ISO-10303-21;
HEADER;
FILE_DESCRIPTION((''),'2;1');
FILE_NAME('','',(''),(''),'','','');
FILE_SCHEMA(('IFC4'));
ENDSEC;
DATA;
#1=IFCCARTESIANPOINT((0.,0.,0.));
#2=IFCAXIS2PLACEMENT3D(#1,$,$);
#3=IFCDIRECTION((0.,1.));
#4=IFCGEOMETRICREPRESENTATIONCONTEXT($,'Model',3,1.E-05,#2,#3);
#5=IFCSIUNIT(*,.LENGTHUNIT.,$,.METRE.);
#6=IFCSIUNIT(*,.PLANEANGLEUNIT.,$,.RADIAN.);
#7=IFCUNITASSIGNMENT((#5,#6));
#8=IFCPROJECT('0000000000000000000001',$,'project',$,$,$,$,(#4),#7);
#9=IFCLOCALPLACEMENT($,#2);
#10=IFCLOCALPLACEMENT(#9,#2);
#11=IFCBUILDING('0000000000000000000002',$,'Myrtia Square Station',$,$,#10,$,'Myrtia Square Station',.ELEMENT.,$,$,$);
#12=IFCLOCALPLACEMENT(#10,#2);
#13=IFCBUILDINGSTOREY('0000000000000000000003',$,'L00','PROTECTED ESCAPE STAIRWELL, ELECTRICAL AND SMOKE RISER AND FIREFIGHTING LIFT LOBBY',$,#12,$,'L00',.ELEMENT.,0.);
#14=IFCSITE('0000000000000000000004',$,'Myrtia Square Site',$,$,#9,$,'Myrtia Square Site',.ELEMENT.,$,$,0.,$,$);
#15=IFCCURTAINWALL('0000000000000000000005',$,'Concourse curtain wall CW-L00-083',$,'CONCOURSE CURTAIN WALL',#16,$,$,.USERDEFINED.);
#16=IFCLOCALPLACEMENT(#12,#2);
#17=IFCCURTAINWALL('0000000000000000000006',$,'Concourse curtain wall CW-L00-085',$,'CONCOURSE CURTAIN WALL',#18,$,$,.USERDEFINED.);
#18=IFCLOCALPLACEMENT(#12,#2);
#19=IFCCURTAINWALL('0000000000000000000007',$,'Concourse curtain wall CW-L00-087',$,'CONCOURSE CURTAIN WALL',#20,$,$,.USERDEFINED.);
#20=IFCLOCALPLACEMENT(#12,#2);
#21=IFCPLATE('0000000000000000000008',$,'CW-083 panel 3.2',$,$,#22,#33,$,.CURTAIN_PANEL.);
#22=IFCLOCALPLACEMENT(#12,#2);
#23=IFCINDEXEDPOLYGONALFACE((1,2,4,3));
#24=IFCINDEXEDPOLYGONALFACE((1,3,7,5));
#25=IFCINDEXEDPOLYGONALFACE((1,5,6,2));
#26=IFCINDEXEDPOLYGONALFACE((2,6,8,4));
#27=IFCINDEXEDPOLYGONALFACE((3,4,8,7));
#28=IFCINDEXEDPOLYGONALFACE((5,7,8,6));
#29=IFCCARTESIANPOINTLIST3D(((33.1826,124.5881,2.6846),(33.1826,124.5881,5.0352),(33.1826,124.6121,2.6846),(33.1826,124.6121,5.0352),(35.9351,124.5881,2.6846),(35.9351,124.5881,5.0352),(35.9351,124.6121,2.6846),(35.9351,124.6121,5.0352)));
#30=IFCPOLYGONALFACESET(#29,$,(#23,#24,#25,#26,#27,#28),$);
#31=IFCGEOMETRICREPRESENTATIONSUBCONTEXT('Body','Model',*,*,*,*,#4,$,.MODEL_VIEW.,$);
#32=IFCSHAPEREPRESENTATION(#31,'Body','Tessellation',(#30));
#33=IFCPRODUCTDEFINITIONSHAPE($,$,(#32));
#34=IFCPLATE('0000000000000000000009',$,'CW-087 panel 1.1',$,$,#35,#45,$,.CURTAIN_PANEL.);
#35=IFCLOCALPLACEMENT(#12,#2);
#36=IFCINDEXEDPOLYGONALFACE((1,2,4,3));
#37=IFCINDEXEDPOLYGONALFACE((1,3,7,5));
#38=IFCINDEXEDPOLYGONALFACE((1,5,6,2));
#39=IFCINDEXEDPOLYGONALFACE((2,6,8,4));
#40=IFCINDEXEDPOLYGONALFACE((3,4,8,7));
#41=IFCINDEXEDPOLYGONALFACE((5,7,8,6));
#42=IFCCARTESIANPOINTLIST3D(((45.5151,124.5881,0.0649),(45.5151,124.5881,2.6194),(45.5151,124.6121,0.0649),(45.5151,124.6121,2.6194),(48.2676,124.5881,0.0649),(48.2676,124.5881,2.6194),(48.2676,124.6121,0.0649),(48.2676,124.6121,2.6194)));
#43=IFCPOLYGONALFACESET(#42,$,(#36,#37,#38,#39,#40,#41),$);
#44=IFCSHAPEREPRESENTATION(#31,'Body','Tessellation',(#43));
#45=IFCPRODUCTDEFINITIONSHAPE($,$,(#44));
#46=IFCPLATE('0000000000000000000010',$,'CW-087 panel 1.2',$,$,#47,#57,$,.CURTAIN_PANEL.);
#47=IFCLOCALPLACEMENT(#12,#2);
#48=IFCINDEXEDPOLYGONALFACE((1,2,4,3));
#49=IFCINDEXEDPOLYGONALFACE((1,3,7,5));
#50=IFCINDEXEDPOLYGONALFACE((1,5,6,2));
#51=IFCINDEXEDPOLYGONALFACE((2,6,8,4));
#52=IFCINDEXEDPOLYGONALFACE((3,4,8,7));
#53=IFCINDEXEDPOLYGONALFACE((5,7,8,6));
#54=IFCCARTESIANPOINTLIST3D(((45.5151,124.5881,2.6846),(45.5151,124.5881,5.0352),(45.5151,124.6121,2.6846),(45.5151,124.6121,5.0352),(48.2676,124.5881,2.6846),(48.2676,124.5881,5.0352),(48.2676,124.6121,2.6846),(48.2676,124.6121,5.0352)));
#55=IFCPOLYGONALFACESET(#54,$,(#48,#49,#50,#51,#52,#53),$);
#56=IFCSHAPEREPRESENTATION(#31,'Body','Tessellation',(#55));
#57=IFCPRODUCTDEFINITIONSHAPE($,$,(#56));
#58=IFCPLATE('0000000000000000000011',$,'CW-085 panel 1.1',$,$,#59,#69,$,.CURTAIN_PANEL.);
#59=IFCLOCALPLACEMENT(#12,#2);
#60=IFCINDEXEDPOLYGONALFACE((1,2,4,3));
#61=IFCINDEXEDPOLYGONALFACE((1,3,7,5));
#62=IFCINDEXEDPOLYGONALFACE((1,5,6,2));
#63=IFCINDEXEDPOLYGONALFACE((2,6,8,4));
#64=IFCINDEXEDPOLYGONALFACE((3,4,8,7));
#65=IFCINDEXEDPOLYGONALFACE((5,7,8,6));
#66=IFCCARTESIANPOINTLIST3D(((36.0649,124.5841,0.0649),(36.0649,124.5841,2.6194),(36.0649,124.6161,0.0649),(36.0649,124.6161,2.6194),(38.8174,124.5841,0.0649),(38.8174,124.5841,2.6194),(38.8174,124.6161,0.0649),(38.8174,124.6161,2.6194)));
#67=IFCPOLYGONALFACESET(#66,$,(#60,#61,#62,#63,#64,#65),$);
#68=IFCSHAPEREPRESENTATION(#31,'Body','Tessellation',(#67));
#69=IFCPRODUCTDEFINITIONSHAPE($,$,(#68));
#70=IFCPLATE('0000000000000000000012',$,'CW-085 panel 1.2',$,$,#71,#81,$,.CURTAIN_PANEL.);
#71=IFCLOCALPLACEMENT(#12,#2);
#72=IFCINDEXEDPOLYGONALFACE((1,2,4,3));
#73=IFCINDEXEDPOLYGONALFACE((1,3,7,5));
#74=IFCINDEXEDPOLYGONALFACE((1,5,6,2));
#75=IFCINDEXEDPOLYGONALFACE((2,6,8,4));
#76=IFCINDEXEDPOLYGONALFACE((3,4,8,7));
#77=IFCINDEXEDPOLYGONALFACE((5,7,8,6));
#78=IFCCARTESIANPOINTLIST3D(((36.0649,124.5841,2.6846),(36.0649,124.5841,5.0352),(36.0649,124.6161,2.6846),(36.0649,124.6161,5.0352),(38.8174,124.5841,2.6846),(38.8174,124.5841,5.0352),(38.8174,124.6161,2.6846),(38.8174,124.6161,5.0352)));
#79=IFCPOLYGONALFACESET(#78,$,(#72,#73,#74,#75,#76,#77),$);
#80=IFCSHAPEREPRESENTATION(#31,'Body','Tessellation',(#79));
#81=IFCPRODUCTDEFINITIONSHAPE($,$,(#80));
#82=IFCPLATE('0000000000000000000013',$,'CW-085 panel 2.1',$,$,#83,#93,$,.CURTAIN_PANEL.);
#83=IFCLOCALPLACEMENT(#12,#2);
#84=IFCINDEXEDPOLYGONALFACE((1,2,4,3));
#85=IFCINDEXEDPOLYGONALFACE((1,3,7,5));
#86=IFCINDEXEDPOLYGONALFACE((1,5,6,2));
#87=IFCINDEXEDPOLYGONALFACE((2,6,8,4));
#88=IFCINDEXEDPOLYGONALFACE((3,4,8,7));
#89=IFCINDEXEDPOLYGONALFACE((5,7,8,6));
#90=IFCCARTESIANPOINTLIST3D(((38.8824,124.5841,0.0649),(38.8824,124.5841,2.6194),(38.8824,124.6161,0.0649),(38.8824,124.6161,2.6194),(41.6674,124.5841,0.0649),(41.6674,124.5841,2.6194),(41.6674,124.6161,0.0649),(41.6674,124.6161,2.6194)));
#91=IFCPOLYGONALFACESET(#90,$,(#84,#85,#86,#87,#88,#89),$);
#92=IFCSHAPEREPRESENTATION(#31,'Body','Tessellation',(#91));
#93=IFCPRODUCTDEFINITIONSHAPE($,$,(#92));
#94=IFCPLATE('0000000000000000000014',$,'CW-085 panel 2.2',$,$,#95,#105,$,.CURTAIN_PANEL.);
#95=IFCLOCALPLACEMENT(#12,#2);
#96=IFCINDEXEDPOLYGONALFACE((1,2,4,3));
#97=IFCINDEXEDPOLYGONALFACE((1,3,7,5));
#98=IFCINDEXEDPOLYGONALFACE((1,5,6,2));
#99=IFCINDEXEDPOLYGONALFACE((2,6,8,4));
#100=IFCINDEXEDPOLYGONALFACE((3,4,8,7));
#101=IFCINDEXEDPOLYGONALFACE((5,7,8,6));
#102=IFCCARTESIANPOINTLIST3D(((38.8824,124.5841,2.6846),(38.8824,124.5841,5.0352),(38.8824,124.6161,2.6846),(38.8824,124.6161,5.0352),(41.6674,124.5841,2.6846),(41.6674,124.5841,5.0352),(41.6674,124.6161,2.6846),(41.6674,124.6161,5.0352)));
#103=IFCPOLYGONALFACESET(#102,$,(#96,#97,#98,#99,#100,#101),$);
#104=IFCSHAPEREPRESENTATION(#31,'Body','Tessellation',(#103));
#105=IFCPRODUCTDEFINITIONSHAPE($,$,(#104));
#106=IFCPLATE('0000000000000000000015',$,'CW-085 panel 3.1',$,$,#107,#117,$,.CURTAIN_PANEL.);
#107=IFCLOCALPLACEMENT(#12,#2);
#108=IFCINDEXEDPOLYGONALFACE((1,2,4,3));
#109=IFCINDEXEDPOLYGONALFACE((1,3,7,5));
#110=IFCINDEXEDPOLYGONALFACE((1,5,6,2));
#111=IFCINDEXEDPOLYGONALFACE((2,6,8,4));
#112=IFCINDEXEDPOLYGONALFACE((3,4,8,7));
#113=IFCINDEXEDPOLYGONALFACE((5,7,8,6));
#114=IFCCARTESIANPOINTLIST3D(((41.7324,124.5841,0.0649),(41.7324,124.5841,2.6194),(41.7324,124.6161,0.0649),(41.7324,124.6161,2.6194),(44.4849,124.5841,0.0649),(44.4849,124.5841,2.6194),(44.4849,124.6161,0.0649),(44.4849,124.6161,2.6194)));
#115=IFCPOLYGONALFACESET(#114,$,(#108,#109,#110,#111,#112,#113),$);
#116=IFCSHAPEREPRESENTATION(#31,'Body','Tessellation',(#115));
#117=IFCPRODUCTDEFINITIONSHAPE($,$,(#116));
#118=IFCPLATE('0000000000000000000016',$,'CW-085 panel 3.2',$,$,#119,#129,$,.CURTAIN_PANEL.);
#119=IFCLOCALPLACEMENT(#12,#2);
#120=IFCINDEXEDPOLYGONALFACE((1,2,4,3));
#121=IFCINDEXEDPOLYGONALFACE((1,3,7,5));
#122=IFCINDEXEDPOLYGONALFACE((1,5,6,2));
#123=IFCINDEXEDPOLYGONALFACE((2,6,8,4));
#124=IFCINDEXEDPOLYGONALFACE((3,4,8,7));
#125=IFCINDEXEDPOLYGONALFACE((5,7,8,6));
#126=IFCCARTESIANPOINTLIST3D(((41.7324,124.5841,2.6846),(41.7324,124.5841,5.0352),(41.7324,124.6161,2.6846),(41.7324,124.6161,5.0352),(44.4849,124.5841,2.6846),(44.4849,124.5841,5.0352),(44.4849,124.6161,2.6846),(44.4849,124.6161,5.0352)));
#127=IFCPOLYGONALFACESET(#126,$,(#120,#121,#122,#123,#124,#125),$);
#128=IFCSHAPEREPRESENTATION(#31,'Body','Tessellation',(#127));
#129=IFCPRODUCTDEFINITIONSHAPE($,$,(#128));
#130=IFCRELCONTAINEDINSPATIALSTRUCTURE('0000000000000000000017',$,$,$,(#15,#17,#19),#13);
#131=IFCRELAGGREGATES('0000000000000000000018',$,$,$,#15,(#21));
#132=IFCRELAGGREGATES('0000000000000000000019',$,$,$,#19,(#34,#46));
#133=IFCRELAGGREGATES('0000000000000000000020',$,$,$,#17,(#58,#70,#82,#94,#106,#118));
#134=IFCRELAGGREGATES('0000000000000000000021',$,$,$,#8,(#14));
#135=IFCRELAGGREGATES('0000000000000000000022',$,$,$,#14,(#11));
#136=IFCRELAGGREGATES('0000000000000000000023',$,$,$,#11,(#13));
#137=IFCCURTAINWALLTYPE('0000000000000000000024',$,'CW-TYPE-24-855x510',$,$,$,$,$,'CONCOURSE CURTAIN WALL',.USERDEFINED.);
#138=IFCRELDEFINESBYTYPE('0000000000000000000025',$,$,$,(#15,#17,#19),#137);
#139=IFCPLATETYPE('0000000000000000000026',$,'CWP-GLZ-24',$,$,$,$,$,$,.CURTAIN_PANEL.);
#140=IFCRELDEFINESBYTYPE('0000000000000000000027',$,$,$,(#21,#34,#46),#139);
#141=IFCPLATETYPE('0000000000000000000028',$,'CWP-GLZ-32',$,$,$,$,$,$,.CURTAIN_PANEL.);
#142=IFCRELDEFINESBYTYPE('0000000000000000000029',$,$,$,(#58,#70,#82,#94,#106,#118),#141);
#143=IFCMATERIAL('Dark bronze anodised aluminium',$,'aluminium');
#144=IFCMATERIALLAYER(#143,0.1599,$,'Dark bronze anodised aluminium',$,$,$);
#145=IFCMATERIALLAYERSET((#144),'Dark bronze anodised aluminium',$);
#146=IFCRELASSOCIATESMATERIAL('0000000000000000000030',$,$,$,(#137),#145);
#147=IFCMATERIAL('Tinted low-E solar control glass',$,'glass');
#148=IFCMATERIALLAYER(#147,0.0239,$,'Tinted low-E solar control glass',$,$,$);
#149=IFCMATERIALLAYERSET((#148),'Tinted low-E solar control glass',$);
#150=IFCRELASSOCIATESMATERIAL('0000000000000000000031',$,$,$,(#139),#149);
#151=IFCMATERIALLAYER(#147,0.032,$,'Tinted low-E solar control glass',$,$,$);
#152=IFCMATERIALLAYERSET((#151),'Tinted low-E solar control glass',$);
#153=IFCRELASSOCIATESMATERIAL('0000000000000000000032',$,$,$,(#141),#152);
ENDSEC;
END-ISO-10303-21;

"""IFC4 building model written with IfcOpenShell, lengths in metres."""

from ifc_helpers import new_model, si_unit, direction, frame, origin, origin_2d, place, context, subcontext, project, spatial, rectangle, extrude, material, layer, layer_set, type_object, element, aggregate, save


model = new_model("IFC4")

# Units and contexts
model_context = context("Model", 3, precision=1e-05, world=origin(), true_north=direction((0.0, 1.0)))
body_context = subcontext(model_context, "Body", "Model", "MODEL_VIEW")
ifc_project = project(units=[si_unit("LENGTHUNIT", "METRE"), si_unit("PLANEANGLEUNIT", "RADIAN")], contexts=[model_context])

# Site, building, storey
site_placement = place(None, origin())
site = spatial("IfcSite", under=ifc_project, at=site_placement, Name="Myrtia Square Site", LongName="Myrtia Square Site", CompositionType="ELEMENT", RefElevation=0.0)
building_placement = place(site_placement, origin())
building = spatial("IfcBuilding", under=site, at=building_placement, Name="Myrtia Square Station", LongName="Myrtia Square Station", CompositionType="ELEMENT")
storey_placement = place(building_placement, origin())
storey = spatial("IfcBuildingStorey", under=building, at=storey_placement, Name="L00", Description="PROTECTED ESCAPE STAIRWELL, ELECTRICAL AND SMOKE RISER AND FIREFIGHTING LIFT LOBBY", LongName="L00", CompositionType="ELEMENT", Elevation=0.0)

# Curtain wall
ifc_material_1 = material(Name="Dark bronze anodised aluminium", Category="aluminium")
ifc_layer_1 = layer(ifc_material_1, 0.1599, Name="Dark bronze anodised aluminium")
ifc_layer_set_1 = layer_set([ifc_layer_1], Name="Dark bronze anodised aluminium")
curtain_wall_type = type_object("IfcCurtainWallType", Name="CW-TYPE-24-855x510", ElementType="CONCOURSE CURTAIN WALL", PredefinedType="USERDEFINED", material=ifc_layer_set_1)
curtain_wall_1_placement = place(storey_placement, origin())
curtain_wall_1 = element("IfcCurtainWall", 1, at=curtain_wall_1_placement, inside=storey, type_object=curtain_wall_type, Name="Concourse curtain wall CW-L00-083", ObjectType="CONCOURSE CURTAIN WALL", PredefinedType="USERDEFINED")

# Curtain walls
curtain_wall_2_placement = place(storey_placement, origin())
curtain_wall_2 = element("IfcCurtainWall", 2, at=curtain_wall_2_placement, inside=storey, type_object=curtain_wall_type, Name="Concourse curtain wall CW-L00-085", ObjectType="CONCOURSE CURTAIN WALL", PredefinedType="USERDEFINED")
curtain_wall_3_placement = place(storey_placement, origin())
curtain_wall_3 = element("IfcCurtainWall", 3, at=curtain_wall_3_placement, inside=storey, type_object=curtain_wall_type, Name="Concourse curtain wall CW-L00-087", ObjectType="CONCOURSE CURTAIN WALL", PredefinedType="USERDEFINED")

# Plates
ifc_material_2 = material(Name="Tinted low-E solar control glass", Category="glass")
ifc_layer_2 = layer(ifc_material_2, 0.0239, Name="Tinted low-E solar control glass")
ifc_layer_set_2 = layer_set([ifc_layer_2], Name="Tinted low-E solar control glass")
plate_type_1 = type_object("IfcPlateType", Name="CWP-GLZ-24", PredefinedType="CURTAIN_PANEL", material=ifc_layer_set_2)
plate_1_placement = place(storey_placement, frame((34.5588, 124.6001, 2.6846), z_axis=(0.0, 0.0, 1.0), x_axis=(1.0, 0.0, 0.0)))
plate_1 = element("IfcPlate", 4, at=plate_1_placement, type_object=plate_type_1, Name="CW-083 panel 3.2", PredefinedType="CURTAIN_PANEL", context=body_context, shape_type="SweptSolid", body=[
    extrude(rectangle(XDim=2.7524, YDim=0.0239, at=origin_2d()), origin(), (0.0, 0.0, 1.0), 2.3506),
])
aggregate(curtain_wall_1, [plate_1])
plate_2_placement = place(storey_placement, frame((46.8914, 124.6001, 0.0649), z_axis=(0.0, 0.0, 1.0), x_axis=(1.0, 0.0, 0.0)))
plate_2 = element("IfcPlate", 5, at=plate_2_placement, type_object=plate_type_1, Name="CW-087 panel 1.1", PredefinedType="CURTAIN_PANEL", context=body_context, shape_type="SweptSolid", body=[
    extrude(rectangle(XDim=2.7524, YDim=0.0239, at=origin_2d()), origin(), (0.0, 0.0, 1.0), 2.5544),
])
plate_3_placement = place(storey_placement, frame((46.8914, 124.6001, 2.6846), z_axis=(0.0, 0.0, 1.0), x_axis=(1.0, 0.0, 0.0)))
plate_3 = element("IfcPlate", 6, at=plate_3_placement, type_object=plate_type_1, Name="CW-087 panel 1.2", PredefinedType="CURTAIN_PANEL", context=body_context, shape_type="SweptSolid", body=[
    extrude(rectangle(XDim=2.7524, YDim=0.0239, at=origin_2d()), origin(), (0.0, 0.0, 1.0), 2.3506),
])
aggregate(curtain_wall_3, [plate_2, plate_3])
ifc_layer_3 = layer(ifc_material_2, 0.032, Name="Tinted low-E solar control glass")
ifc_layer_set_3 = layer_set([ifc_layer_3], Name="Tinted low-E solar control glass")
plate_type_2 = type_object("IfcPlateType", Name="CWP-GLZ-32", PredefinedType="CURTAIN_PANEL", material=ifc_layer_set_3)
plate_4_placement = place(storey_placement, frame((37.4412, 124.6001, 0.0649), z_axis=(0.0, 0.0, 1.0), x_axis=(1.0, 0.0, 0.0)))
plate_4 = element("IfcPlate", 7, at=plate_4_placement, type_object=plate_type_2, Name="CW-085 panel 1.1", PredefinedType="CURTAIN_PANEL", context=body_context, shape_type="SweptSolid", body=[
    extrude(rectangle(XDim=2.7524, YDim=0.032, at=origin_2d()), origin(), (0.0, 0.0, 1.0), 2.5544),
])
plate_5_placement = place(storey_placement, frame((37.4412, 124.6001, 2.6846), z_axis=(0.0, 0.0, 1.0), x_axis=(1.0, 0.0, 0.0)))
plate_5 = element("IfcPlate", 8, at=plate_5_placement, type_object=plate_type_2, Name="CW-085 panel 1.2", PredefinedType="CURTAIN_PANEL", context=body_context, shape_type="SweptSolid", body=[
    extrude(rectangle(XDim=2.7524, YDim=0.032, at=origin_2d()), origin(), (0.0, 0.0, 1.0), 2.3506),
])
plate_6_placement = place(storey_placement, frame((40.2749, 124.6001, 0.0649), z_axis=(0.0, 0.0, 1.0), x_axis=(1.0, 0.0, 0.0)))
plate_6 = element("IfcPlate", 9, at=plate_6_placement, type_object=plate_type_2, Name="CW-085 panel 2.1", PredefinedType="CURTAIN_PANEL", context=body_context, shape_type="SweptSolid", body=[
    extrude(rectangle(XDim=2.7849, YDim=0.032, at=origin_2d()), origin(), (0.0, 0.0, 1.0), 2.5544),
])
plate_7_placement = place(storey_placement, frame((40.2749, 124.6001, 2.6846), z_axis=(0.0, 0.0, 1.0), x_axis=(1.0, 0.0, 0.0)))
plate_7 = element("IfcPlate", 10, at=plate_7_placement, type_object=plate_type_2, Name="CW-085 panel 2.2", PredefinedType="CURTAIN_PANEL", context=body_context, shape_type="SweptSolid", body=[
    extrude(rectangle(XDim=2.7849, YDim=0.032, at=origin_2d()), origin(), (0.0, 0.0, 1.0), 2.3506),
])
plate_8_placement = place(storey_placement, frame((43.1086, 124.6001, 0.0649), z_axis=(0.0, 0.0, 1.0), x_axis=(1.0, 0.0, 0.0)))
plate_8 = element("IfcPlate", 11, at=plate_8_placement, type_object=plate_type_2, Name="CW-085 panel 3.1", PredefinedType="CURTAIN_PANEL", context=body_context, shape_type="SweptSolid", body=[
    extrude(rectangle(XDim=2.7524, YDim=0.032, at=origin_2d()), origin(), (0.0, 0.0, 1.0), 2.5544),
])
plate_9_placement = place(storey_placement, frame((43.1086, 124.6001, 2.6846), z_axis=(0.0, 0.0, 1.0), x_axis=(1.0, 0.0, 0.0)))
plate_9 = element("IfcPlate", 12, at=plate_9_placement, type_object=plate_type_2, Name="CW-085 panel 3.2", PredefinedType="CURTAIN_PANEL", context=body_context, shape_type="SweptSolid", body=[
    extrude(rectangle(XDim=2.7524, YDim=0.032, at=origin_2d()), origin(), (0.0, 0.0, 1.0), 2.3506),
])
aggregate(curtain_wall_2, [plate_4, plate_5, plate_6, plate_7, plate_8, plate_9])

save(model, "model.ifc")
